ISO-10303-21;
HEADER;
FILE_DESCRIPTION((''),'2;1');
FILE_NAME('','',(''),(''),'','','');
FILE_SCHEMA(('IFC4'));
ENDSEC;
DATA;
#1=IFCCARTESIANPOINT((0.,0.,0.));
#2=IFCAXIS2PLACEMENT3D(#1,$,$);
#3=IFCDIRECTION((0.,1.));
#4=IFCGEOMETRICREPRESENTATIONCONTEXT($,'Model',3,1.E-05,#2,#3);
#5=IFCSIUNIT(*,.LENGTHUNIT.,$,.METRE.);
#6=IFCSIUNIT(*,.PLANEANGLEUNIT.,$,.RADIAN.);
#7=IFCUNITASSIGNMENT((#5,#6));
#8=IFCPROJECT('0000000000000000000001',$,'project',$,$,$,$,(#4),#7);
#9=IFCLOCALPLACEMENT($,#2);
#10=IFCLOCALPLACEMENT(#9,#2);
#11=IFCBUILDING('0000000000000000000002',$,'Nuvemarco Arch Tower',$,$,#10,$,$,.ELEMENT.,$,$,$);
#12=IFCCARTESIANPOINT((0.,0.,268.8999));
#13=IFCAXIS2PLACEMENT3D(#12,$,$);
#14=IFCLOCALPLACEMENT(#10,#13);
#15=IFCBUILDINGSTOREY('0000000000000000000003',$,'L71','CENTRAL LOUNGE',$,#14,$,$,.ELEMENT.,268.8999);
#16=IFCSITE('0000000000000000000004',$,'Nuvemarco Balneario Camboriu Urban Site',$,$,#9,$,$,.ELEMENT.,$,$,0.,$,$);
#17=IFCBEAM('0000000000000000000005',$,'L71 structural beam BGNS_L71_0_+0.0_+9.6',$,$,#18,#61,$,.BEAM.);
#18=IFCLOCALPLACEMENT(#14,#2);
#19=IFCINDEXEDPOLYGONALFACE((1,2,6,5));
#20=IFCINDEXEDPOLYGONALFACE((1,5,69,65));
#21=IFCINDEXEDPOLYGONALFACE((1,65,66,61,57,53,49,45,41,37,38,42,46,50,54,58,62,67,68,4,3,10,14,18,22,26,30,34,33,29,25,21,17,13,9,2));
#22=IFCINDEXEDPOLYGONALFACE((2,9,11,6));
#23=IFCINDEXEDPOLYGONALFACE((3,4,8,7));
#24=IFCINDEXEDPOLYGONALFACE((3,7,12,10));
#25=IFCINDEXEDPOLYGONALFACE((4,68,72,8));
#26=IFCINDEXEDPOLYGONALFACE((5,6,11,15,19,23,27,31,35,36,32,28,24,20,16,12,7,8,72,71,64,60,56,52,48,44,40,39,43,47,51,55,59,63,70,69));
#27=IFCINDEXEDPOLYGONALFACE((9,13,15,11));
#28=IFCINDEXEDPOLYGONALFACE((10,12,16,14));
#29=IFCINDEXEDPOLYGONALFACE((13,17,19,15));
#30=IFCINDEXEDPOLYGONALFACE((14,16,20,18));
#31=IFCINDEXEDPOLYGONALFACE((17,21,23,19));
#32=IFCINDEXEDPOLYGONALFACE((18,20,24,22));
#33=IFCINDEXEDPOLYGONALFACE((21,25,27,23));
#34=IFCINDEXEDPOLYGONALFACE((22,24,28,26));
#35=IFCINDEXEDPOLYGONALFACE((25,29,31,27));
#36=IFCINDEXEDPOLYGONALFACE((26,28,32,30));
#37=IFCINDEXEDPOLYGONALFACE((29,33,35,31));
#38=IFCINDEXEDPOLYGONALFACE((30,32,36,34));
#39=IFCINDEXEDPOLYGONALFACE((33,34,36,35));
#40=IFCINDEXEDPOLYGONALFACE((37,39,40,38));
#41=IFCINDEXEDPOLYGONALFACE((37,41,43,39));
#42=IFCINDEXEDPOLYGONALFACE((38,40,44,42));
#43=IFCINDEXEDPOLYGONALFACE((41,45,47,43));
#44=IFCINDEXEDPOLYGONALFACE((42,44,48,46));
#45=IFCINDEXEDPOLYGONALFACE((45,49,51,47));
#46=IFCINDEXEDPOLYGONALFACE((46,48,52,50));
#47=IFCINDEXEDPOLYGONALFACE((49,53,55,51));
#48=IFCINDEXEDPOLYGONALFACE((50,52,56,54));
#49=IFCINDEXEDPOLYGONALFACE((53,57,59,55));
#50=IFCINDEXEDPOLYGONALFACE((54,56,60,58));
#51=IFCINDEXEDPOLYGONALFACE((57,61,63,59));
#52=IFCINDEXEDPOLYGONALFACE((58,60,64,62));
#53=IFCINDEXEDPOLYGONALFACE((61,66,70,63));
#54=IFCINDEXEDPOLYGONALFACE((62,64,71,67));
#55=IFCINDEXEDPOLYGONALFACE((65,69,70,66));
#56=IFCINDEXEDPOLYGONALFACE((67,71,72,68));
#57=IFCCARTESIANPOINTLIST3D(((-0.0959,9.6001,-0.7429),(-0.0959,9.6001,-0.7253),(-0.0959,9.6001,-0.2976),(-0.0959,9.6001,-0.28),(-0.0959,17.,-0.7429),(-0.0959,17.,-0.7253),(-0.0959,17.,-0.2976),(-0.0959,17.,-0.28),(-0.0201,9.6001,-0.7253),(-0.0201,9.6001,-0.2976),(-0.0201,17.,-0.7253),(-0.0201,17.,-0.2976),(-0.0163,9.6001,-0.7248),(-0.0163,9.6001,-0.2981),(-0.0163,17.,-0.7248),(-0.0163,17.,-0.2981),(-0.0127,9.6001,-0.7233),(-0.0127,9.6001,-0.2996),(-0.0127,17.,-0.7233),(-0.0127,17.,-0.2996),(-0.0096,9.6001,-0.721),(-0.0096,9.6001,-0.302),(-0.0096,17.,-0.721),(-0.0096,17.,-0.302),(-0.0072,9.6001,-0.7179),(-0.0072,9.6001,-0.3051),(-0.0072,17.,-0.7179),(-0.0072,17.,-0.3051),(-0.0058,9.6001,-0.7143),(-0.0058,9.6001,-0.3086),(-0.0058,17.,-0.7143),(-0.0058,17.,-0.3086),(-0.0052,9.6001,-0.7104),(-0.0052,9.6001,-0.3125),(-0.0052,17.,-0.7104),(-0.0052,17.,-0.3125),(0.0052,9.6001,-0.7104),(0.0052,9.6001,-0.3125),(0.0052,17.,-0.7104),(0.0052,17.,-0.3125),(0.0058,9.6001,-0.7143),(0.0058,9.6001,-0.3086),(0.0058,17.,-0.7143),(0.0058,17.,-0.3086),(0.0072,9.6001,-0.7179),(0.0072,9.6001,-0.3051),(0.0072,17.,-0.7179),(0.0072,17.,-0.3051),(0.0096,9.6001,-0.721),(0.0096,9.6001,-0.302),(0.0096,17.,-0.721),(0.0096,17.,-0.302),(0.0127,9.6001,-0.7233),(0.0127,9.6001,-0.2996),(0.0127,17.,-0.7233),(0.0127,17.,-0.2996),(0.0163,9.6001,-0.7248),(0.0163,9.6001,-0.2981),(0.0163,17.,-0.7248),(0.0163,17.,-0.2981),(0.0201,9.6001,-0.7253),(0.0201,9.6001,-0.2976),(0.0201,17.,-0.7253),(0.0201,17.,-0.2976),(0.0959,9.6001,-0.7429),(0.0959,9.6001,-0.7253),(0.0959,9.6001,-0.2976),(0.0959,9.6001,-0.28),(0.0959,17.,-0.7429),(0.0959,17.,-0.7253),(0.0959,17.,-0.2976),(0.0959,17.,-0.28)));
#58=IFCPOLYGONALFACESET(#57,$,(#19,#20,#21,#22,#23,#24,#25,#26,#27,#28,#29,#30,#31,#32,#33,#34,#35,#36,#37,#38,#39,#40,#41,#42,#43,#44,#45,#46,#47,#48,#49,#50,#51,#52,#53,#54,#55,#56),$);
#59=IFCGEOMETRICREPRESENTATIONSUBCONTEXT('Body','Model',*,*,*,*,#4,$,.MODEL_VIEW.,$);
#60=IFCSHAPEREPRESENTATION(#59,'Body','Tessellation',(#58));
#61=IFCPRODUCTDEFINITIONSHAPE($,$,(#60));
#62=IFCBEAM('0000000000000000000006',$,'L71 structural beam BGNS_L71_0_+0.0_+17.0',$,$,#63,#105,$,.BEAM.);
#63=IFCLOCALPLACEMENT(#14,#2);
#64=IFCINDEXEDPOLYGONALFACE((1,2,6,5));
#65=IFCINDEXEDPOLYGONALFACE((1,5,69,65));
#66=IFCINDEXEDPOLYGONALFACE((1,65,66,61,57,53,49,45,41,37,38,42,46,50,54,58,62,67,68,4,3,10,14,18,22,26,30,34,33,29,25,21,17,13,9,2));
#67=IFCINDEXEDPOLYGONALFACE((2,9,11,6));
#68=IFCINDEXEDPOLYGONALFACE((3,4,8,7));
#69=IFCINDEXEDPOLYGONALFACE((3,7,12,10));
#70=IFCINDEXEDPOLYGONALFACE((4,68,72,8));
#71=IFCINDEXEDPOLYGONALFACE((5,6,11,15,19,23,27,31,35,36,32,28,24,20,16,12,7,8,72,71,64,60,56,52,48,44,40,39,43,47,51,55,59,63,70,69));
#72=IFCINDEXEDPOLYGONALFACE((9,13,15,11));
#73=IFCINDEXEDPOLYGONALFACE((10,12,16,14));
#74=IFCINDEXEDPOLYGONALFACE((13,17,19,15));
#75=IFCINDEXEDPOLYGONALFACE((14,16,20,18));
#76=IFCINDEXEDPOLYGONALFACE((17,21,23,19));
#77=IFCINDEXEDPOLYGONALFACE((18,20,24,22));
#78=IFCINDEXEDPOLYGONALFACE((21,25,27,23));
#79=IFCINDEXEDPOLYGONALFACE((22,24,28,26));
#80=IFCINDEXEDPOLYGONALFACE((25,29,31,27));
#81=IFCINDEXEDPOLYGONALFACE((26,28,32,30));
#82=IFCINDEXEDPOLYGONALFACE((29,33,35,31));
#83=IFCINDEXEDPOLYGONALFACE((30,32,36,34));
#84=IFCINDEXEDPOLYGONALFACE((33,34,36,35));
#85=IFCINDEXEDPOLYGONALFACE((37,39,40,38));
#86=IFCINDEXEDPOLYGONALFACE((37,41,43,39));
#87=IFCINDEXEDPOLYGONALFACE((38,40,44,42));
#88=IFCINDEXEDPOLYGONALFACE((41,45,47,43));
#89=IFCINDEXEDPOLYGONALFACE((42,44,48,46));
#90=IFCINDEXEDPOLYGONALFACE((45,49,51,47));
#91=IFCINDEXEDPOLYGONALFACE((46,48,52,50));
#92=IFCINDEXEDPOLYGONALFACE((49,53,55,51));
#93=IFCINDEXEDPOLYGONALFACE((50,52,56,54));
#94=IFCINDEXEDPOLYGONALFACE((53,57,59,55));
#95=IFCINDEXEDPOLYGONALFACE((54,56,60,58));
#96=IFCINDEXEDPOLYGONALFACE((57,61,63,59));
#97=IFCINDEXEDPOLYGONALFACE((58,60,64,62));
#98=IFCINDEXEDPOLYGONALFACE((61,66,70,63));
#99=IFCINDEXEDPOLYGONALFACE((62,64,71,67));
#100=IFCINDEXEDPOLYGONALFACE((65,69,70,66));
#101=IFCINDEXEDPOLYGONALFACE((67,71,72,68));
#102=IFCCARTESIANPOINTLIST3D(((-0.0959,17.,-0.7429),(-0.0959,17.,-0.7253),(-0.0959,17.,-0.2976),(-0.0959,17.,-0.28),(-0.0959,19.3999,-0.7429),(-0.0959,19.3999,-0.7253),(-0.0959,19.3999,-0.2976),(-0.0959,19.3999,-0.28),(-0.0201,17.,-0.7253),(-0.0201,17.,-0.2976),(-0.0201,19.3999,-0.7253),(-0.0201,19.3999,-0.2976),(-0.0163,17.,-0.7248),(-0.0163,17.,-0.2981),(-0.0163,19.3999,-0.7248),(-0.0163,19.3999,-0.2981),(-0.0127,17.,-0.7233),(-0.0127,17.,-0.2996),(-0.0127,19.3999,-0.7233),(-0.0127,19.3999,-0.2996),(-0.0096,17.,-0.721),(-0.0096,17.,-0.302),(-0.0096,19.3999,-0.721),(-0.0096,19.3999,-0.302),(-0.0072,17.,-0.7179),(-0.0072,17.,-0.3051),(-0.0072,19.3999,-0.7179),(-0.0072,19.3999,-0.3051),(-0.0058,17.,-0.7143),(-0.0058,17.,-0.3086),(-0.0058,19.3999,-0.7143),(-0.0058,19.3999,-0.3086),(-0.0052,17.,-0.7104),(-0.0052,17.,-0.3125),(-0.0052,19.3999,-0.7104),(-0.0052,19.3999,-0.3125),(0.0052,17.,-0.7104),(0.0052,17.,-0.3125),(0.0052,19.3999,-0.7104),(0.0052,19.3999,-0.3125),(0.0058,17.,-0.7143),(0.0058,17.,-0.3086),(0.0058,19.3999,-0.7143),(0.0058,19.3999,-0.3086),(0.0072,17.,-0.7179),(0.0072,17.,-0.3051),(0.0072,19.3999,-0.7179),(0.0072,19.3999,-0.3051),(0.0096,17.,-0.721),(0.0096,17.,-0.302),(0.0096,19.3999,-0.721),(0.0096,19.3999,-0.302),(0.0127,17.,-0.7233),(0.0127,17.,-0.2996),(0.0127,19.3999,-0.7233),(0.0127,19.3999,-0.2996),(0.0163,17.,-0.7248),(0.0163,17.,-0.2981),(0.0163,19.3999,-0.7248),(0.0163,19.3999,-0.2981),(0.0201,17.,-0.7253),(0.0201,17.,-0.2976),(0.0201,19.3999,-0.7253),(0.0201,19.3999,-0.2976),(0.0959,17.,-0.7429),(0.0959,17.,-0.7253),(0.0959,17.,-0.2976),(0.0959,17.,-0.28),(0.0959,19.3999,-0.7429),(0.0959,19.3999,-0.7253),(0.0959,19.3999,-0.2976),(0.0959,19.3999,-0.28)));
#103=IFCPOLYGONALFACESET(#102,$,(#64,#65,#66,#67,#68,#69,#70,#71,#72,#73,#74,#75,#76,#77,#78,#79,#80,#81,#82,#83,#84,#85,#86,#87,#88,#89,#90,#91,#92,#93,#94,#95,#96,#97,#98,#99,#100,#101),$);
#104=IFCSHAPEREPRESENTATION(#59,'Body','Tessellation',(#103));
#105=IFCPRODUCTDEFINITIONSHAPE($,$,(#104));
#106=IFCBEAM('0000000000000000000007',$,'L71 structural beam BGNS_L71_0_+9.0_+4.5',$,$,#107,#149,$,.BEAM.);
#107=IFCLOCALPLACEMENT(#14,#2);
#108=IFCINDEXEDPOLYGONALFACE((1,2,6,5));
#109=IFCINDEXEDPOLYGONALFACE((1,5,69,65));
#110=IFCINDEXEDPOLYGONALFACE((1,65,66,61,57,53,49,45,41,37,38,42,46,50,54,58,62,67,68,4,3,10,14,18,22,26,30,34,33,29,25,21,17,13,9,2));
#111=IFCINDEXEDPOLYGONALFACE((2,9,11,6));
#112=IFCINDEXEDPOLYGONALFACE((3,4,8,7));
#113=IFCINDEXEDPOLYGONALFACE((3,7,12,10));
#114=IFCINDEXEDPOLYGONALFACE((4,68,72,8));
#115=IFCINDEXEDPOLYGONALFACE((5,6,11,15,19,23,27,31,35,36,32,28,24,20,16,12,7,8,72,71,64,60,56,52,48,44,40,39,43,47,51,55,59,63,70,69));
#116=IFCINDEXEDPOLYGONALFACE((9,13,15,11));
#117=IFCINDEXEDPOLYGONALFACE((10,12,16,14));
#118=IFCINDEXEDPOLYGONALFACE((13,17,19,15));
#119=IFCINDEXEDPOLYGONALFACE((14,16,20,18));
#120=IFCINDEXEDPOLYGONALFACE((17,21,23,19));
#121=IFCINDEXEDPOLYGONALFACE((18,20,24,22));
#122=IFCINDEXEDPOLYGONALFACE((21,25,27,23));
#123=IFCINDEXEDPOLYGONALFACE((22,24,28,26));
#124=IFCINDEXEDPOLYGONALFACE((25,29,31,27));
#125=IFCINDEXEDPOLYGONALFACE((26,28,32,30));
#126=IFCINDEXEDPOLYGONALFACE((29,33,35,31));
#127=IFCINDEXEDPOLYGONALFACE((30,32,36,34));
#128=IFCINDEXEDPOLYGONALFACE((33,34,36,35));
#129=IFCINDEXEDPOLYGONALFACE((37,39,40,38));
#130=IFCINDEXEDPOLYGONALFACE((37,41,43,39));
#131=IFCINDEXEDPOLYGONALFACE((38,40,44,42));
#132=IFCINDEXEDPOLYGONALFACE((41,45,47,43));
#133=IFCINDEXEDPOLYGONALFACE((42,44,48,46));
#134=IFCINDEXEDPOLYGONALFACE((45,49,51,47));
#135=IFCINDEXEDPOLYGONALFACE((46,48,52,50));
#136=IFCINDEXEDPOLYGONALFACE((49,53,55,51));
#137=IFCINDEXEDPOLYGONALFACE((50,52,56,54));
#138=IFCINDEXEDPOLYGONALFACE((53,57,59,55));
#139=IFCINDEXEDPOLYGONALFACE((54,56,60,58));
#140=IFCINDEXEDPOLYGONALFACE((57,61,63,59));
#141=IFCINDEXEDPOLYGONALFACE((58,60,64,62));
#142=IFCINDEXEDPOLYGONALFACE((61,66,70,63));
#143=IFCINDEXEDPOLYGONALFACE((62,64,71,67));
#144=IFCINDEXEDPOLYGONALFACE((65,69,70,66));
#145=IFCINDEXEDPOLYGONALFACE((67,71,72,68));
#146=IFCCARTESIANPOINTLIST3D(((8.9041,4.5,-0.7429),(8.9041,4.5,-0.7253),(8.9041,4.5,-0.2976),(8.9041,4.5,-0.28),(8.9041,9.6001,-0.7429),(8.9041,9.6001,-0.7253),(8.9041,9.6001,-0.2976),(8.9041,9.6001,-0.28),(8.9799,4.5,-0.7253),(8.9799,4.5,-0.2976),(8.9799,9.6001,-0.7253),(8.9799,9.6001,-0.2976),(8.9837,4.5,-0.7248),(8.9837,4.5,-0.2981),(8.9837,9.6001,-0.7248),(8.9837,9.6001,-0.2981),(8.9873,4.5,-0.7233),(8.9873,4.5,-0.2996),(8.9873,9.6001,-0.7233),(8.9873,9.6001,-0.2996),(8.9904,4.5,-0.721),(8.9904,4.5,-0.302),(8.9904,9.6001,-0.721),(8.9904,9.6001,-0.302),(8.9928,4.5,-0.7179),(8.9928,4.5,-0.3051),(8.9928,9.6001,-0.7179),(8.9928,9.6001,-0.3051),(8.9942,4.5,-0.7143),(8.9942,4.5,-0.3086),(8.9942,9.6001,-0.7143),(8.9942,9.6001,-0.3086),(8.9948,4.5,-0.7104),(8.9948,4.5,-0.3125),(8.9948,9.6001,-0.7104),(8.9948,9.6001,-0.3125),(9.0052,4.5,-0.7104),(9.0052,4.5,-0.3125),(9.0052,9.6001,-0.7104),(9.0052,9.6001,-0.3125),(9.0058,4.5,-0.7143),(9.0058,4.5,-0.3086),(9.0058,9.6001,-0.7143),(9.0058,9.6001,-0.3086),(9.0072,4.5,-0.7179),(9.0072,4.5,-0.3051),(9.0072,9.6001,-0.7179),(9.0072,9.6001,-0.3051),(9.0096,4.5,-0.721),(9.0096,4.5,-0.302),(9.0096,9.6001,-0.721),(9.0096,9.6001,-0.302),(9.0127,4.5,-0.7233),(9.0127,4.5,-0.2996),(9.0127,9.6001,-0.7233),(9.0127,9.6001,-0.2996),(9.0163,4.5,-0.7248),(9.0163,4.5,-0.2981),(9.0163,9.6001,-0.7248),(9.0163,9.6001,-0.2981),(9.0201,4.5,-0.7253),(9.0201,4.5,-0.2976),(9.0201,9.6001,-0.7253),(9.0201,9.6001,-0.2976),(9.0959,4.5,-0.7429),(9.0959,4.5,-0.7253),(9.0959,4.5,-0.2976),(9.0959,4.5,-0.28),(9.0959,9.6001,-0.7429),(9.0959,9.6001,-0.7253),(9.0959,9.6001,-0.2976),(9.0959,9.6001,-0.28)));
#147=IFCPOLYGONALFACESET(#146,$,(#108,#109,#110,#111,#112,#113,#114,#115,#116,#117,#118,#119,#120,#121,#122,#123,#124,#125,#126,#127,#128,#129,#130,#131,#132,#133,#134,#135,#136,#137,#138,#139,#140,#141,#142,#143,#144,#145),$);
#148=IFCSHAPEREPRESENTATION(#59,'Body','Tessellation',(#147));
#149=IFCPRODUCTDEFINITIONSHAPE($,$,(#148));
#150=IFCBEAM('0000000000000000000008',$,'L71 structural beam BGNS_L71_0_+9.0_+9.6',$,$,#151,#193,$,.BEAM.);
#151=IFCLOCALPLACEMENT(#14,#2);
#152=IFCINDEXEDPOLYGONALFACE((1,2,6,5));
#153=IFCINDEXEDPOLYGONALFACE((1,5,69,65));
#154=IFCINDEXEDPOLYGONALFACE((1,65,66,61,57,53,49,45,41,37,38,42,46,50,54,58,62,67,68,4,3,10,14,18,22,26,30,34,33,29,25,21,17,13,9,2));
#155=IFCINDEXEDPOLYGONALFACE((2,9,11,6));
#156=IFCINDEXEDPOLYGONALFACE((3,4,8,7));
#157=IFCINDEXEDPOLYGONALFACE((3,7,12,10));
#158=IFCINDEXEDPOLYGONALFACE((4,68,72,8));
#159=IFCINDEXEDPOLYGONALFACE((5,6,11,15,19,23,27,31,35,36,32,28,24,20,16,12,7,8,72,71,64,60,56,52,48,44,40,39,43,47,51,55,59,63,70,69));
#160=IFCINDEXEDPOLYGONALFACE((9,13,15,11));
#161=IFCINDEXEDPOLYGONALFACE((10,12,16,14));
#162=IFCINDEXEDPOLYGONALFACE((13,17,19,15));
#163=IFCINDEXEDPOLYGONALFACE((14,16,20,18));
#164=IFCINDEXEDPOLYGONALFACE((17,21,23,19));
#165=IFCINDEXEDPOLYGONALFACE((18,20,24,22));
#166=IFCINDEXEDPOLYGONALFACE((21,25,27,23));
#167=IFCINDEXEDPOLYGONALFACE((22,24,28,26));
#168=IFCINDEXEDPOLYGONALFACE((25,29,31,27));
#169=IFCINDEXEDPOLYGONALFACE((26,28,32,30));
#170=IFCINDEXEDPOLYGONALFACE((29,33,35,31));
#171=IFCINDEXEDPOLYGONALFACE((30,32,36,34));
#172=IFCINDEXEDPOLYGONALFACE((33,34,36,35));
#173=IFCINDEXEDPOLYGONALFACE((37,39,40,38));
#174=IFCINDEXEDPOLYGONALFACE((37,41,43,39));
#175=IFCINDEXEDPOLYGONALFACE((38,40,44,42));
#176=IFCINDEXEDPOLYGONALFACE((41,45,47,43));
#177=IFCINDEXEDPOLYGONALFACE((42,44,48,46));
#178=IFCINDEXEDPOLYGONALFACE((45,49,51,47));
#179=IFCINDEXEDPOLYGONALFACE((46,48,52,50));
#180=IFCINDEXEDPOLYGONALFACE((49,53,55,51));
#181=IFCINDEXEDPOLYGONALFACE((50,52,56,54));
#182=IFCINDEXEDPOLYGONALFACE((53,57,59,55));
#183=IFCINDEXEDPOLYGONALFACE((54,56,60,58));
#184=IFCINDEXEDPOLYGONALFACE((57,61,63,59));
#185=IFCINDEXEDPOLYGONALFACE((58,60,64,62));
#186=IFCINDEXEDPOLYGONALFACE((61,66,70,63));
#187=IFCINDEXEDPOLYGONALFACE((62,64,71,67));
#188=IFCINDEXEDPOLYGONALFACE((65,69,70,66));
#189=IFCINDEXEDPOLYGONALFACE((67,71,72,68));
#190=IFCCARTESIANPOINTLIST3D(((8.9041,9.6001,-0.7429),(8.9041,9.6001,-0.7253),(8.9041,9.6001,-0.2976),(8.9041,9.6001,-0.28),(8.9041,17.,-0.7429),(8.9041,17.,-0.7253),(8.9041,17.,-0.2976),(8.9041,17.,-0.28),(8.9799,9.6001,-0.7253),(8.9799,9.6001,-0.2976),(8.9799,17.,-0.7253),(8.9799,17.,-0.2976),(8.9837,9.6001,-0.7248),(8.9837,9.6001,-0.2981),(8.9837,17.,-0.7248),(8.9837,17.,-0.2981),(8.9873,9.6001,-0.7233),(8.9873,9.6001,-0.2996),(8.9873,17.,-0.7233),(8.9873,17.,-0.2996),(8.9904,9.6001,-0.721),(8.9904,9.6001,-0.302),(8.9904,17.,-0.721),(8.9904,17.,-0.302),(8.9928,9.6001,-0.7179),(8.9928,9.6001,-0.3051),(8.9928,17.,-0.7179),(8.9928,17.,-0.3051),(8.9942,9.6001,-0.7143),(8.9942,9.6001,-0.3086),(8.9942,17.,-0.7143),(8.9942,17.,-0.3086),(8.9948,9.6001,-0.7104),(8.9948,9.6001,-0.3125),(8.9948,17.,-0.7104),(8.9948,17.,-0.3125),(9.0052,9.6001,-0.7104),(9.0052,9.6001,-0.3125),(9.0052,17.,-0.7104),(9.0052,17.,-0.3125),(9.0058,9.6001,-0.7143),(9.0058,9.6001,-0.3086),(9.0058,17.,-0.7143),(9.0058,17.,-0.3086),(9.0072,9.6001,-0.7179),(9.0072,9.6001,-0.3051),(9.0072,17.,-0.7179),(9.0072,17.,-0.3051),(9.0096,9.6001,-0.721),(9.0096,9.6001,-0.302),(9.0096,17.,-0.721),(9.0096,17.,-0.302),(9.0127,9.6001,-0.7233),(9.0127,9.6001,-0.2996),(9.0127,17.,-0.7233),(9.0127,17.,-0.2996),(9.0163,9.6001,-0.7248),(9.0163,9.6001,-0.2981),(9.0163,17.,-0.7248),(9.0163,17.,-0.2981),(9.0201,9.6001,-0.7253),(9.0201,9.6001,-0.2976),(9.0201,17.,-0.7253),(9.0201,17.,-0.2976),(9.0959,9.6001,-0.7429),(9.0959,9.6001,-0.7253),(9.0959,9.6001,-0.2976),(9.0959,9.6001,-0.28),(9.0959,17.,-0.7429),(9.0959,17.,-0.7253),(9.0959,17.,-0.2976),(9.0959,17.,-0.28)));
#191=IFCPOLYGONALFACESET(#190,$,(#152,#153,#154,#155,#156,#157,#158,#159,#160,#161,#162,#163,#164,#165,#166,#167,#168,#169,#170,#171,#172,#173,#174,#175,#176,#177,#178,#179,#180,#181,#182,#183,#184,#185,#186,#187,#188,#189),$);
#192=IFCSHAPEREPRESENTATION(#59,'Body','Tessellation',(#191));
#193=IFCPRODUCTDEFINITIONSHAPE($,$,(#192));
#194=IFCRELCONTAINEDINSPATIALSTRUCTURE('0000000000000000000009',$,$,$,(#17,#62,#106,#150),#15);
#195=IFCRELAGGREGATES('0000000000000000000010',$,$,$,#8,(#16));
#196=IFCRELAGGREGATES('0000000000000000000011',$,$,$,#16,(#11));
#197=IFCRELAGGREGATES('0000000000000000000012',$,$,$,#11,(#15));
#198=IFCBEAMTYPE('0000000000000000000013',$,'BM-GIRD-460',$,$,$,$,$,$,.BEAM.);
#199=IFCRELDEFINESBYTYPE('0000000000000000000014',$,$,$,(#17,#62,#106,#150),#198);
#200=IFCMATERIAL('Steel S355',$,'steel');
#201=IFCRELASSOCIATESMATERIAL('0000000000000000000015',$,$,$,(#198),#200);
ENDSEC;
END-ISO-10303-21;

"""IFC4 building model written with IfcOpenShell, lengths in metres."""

from ifc_helpers import new_model, si_unit, direction, frame, origin, origin_2d, place, context, subcontext, project, spatial, i_section, extrude, material, material_profile, profile_set, type_object, element, save


model = new_model("IFC4")

# Units and contexts
model_context = context("Model", 3, precision=1e-05, world=origin(), true_north=direction((0.0, 1.0)))
body_context = subcontext(model_context, "Body", "Model", "MODEL_VIEW")
ifc_project = project(units=[si_unit("LENGTHUNIT", "METRE"), si_unit("PLANEANGLEUNIT", "RADIAN")], contexts=[model_context])

# Site, building, storey
site_placement = place(None, origin())
site = spatial("IfcSite", under=ifc_project, at=site_placement, Name="Nuvemarco Balneario Camboriu Urban Site", CompositionType="ELEMENT", RefElevation=0.0)
building_placement = place(site_placement, origin())
building = spatial("IfcBuilding", under=site, at=building_placement, Name="Nuvemarco Arch Tower", CompositionType="ELEMENT")
storey_placement = place(building_placement, frame((0.0, 0.0, 268.8999)))
storey = spatial("IfcBuildingStorey", under=building, at=storey_placement, Name="L71", Description="CENTRAL LOUNGE", CompositionType="ELEMENT", Elevation=268.8999)

# Shared definitions
ifc_material_1 = material(Name="Steel S355", Category="steel")

# Beams
ifc_material_profile_1 = material_profile(ifc_material_1, i_section(OverallWidth=0.1919, OverallDepth=0.4629, WebThickness=0.0105, FlangeThickness=0.0176, FilletRadius=0.0149, at=origin_2d()), Name="W460x89")
ifc_profile_set_1 = profile_set([ifc_material_profile_1], Name="Steel S355")
beam_type_1 = type_object("IfcBeamType", Name="BM-GIRD-460", PredefinedType="BEAM", material=ifc_profile_set_1)
beam_1_placement = place(storey_placement, frame((0.0, 9.6001, -0.5115), z_axis=(0.0, 1.0, 0.0), x_axis=(-1.0, 0.0, 0.0)))
element("IfcBeam", 1, at=beam_1_placement, inside=storey, type_object=beam_type_1, Name="L71 structural beam BGNS_L71_0_+0.0_+9.6", PredefinedType="BEAM", context=body_context, shape_type="SweptSolid", body=[
    extrude(i_section(OverallWidth=0.1919, OverallDepth=0.4629, WebThickness=0.0105, FlangeThickness=0.0176, FilletRadius=0.0149, at=origin_2d()), origin(), (0.0, 0.0, 1.0), 7.3999),
])
beam_2_placement = place(storey_placement, frame((0.0, 17.0, -0.5115), z_axis=(0.0, 1.0, 0.0), x_axis=(-1.0, 0.0, 0.0)))
element("IfcBeam", 2, at=beam_2_placement, inside=storey, type_object=beam_type_1, Name="L71 structural beam BGNS_L71_0_+0.0_+17.0", PredefinedType="BEAM", context=body_context, shape_type="SweptSolid", body=[
    extrude(i_section(OverallWidth=0.1919, OverallDepth=0.4629, WebThickness=0.0105, FlangeThickness=0.0176, FilletRadius=0.0149, at=origin_2d()), origin(), (0.0, 0.0, 1.0), 2.3999),
])
beam_3_placement = place(storey_placement, frame((9.0, 4.5, -0.5115), z_axis=(0.0, 1.0, 0.0), x_axis=(-1.0, 0.0, 0.0)))
element("IfcBeam", 3, at=beam_3_placement, inside=storey, type_object=beam_type_1, Name="L71 structural beam BGNS_L71_0_+9.0_+4.5", PredefinedType="BEAM", context=body_context, shape_type="SweptSolid", body=[
    extrude(i_section(OverallWidth=0.1919, OverallDepth=0.4629, WebThickness=0.0105, FlangeThickness=0.0176, FilletRadius=0.0149, at=origin_2d()), origin(), (0.0, 0.0, 1.0), 5.1001),
])
beam_4_placement = place(storey_placement, frame((9.0, 9.6001, -0.5115), z_axis=(0.0, 1.0, 0.0), x_axis=(-1.0, 0.0, 0.0)))
element("IfcBeam", 4, at=beam_4_placement, inside=storey, type_object=beam_type_1, Name="L71 structural beam BGNS_L71_0_+9.0_+9.6", PredefinedType="BEAM", context=body_context, shape_type="SweptSolid", body=[
    extrude(i_section(OverallWidth=0.1919, OverallDepth=0.4629, WebThickness=0.0105, FlangeThickness=0.0176, FilletRadius=0.0149, at=origin_2d()), origin(), (0.0, 0.0, 1.0), 7.3999),
])

save(model, "model.ifc")
